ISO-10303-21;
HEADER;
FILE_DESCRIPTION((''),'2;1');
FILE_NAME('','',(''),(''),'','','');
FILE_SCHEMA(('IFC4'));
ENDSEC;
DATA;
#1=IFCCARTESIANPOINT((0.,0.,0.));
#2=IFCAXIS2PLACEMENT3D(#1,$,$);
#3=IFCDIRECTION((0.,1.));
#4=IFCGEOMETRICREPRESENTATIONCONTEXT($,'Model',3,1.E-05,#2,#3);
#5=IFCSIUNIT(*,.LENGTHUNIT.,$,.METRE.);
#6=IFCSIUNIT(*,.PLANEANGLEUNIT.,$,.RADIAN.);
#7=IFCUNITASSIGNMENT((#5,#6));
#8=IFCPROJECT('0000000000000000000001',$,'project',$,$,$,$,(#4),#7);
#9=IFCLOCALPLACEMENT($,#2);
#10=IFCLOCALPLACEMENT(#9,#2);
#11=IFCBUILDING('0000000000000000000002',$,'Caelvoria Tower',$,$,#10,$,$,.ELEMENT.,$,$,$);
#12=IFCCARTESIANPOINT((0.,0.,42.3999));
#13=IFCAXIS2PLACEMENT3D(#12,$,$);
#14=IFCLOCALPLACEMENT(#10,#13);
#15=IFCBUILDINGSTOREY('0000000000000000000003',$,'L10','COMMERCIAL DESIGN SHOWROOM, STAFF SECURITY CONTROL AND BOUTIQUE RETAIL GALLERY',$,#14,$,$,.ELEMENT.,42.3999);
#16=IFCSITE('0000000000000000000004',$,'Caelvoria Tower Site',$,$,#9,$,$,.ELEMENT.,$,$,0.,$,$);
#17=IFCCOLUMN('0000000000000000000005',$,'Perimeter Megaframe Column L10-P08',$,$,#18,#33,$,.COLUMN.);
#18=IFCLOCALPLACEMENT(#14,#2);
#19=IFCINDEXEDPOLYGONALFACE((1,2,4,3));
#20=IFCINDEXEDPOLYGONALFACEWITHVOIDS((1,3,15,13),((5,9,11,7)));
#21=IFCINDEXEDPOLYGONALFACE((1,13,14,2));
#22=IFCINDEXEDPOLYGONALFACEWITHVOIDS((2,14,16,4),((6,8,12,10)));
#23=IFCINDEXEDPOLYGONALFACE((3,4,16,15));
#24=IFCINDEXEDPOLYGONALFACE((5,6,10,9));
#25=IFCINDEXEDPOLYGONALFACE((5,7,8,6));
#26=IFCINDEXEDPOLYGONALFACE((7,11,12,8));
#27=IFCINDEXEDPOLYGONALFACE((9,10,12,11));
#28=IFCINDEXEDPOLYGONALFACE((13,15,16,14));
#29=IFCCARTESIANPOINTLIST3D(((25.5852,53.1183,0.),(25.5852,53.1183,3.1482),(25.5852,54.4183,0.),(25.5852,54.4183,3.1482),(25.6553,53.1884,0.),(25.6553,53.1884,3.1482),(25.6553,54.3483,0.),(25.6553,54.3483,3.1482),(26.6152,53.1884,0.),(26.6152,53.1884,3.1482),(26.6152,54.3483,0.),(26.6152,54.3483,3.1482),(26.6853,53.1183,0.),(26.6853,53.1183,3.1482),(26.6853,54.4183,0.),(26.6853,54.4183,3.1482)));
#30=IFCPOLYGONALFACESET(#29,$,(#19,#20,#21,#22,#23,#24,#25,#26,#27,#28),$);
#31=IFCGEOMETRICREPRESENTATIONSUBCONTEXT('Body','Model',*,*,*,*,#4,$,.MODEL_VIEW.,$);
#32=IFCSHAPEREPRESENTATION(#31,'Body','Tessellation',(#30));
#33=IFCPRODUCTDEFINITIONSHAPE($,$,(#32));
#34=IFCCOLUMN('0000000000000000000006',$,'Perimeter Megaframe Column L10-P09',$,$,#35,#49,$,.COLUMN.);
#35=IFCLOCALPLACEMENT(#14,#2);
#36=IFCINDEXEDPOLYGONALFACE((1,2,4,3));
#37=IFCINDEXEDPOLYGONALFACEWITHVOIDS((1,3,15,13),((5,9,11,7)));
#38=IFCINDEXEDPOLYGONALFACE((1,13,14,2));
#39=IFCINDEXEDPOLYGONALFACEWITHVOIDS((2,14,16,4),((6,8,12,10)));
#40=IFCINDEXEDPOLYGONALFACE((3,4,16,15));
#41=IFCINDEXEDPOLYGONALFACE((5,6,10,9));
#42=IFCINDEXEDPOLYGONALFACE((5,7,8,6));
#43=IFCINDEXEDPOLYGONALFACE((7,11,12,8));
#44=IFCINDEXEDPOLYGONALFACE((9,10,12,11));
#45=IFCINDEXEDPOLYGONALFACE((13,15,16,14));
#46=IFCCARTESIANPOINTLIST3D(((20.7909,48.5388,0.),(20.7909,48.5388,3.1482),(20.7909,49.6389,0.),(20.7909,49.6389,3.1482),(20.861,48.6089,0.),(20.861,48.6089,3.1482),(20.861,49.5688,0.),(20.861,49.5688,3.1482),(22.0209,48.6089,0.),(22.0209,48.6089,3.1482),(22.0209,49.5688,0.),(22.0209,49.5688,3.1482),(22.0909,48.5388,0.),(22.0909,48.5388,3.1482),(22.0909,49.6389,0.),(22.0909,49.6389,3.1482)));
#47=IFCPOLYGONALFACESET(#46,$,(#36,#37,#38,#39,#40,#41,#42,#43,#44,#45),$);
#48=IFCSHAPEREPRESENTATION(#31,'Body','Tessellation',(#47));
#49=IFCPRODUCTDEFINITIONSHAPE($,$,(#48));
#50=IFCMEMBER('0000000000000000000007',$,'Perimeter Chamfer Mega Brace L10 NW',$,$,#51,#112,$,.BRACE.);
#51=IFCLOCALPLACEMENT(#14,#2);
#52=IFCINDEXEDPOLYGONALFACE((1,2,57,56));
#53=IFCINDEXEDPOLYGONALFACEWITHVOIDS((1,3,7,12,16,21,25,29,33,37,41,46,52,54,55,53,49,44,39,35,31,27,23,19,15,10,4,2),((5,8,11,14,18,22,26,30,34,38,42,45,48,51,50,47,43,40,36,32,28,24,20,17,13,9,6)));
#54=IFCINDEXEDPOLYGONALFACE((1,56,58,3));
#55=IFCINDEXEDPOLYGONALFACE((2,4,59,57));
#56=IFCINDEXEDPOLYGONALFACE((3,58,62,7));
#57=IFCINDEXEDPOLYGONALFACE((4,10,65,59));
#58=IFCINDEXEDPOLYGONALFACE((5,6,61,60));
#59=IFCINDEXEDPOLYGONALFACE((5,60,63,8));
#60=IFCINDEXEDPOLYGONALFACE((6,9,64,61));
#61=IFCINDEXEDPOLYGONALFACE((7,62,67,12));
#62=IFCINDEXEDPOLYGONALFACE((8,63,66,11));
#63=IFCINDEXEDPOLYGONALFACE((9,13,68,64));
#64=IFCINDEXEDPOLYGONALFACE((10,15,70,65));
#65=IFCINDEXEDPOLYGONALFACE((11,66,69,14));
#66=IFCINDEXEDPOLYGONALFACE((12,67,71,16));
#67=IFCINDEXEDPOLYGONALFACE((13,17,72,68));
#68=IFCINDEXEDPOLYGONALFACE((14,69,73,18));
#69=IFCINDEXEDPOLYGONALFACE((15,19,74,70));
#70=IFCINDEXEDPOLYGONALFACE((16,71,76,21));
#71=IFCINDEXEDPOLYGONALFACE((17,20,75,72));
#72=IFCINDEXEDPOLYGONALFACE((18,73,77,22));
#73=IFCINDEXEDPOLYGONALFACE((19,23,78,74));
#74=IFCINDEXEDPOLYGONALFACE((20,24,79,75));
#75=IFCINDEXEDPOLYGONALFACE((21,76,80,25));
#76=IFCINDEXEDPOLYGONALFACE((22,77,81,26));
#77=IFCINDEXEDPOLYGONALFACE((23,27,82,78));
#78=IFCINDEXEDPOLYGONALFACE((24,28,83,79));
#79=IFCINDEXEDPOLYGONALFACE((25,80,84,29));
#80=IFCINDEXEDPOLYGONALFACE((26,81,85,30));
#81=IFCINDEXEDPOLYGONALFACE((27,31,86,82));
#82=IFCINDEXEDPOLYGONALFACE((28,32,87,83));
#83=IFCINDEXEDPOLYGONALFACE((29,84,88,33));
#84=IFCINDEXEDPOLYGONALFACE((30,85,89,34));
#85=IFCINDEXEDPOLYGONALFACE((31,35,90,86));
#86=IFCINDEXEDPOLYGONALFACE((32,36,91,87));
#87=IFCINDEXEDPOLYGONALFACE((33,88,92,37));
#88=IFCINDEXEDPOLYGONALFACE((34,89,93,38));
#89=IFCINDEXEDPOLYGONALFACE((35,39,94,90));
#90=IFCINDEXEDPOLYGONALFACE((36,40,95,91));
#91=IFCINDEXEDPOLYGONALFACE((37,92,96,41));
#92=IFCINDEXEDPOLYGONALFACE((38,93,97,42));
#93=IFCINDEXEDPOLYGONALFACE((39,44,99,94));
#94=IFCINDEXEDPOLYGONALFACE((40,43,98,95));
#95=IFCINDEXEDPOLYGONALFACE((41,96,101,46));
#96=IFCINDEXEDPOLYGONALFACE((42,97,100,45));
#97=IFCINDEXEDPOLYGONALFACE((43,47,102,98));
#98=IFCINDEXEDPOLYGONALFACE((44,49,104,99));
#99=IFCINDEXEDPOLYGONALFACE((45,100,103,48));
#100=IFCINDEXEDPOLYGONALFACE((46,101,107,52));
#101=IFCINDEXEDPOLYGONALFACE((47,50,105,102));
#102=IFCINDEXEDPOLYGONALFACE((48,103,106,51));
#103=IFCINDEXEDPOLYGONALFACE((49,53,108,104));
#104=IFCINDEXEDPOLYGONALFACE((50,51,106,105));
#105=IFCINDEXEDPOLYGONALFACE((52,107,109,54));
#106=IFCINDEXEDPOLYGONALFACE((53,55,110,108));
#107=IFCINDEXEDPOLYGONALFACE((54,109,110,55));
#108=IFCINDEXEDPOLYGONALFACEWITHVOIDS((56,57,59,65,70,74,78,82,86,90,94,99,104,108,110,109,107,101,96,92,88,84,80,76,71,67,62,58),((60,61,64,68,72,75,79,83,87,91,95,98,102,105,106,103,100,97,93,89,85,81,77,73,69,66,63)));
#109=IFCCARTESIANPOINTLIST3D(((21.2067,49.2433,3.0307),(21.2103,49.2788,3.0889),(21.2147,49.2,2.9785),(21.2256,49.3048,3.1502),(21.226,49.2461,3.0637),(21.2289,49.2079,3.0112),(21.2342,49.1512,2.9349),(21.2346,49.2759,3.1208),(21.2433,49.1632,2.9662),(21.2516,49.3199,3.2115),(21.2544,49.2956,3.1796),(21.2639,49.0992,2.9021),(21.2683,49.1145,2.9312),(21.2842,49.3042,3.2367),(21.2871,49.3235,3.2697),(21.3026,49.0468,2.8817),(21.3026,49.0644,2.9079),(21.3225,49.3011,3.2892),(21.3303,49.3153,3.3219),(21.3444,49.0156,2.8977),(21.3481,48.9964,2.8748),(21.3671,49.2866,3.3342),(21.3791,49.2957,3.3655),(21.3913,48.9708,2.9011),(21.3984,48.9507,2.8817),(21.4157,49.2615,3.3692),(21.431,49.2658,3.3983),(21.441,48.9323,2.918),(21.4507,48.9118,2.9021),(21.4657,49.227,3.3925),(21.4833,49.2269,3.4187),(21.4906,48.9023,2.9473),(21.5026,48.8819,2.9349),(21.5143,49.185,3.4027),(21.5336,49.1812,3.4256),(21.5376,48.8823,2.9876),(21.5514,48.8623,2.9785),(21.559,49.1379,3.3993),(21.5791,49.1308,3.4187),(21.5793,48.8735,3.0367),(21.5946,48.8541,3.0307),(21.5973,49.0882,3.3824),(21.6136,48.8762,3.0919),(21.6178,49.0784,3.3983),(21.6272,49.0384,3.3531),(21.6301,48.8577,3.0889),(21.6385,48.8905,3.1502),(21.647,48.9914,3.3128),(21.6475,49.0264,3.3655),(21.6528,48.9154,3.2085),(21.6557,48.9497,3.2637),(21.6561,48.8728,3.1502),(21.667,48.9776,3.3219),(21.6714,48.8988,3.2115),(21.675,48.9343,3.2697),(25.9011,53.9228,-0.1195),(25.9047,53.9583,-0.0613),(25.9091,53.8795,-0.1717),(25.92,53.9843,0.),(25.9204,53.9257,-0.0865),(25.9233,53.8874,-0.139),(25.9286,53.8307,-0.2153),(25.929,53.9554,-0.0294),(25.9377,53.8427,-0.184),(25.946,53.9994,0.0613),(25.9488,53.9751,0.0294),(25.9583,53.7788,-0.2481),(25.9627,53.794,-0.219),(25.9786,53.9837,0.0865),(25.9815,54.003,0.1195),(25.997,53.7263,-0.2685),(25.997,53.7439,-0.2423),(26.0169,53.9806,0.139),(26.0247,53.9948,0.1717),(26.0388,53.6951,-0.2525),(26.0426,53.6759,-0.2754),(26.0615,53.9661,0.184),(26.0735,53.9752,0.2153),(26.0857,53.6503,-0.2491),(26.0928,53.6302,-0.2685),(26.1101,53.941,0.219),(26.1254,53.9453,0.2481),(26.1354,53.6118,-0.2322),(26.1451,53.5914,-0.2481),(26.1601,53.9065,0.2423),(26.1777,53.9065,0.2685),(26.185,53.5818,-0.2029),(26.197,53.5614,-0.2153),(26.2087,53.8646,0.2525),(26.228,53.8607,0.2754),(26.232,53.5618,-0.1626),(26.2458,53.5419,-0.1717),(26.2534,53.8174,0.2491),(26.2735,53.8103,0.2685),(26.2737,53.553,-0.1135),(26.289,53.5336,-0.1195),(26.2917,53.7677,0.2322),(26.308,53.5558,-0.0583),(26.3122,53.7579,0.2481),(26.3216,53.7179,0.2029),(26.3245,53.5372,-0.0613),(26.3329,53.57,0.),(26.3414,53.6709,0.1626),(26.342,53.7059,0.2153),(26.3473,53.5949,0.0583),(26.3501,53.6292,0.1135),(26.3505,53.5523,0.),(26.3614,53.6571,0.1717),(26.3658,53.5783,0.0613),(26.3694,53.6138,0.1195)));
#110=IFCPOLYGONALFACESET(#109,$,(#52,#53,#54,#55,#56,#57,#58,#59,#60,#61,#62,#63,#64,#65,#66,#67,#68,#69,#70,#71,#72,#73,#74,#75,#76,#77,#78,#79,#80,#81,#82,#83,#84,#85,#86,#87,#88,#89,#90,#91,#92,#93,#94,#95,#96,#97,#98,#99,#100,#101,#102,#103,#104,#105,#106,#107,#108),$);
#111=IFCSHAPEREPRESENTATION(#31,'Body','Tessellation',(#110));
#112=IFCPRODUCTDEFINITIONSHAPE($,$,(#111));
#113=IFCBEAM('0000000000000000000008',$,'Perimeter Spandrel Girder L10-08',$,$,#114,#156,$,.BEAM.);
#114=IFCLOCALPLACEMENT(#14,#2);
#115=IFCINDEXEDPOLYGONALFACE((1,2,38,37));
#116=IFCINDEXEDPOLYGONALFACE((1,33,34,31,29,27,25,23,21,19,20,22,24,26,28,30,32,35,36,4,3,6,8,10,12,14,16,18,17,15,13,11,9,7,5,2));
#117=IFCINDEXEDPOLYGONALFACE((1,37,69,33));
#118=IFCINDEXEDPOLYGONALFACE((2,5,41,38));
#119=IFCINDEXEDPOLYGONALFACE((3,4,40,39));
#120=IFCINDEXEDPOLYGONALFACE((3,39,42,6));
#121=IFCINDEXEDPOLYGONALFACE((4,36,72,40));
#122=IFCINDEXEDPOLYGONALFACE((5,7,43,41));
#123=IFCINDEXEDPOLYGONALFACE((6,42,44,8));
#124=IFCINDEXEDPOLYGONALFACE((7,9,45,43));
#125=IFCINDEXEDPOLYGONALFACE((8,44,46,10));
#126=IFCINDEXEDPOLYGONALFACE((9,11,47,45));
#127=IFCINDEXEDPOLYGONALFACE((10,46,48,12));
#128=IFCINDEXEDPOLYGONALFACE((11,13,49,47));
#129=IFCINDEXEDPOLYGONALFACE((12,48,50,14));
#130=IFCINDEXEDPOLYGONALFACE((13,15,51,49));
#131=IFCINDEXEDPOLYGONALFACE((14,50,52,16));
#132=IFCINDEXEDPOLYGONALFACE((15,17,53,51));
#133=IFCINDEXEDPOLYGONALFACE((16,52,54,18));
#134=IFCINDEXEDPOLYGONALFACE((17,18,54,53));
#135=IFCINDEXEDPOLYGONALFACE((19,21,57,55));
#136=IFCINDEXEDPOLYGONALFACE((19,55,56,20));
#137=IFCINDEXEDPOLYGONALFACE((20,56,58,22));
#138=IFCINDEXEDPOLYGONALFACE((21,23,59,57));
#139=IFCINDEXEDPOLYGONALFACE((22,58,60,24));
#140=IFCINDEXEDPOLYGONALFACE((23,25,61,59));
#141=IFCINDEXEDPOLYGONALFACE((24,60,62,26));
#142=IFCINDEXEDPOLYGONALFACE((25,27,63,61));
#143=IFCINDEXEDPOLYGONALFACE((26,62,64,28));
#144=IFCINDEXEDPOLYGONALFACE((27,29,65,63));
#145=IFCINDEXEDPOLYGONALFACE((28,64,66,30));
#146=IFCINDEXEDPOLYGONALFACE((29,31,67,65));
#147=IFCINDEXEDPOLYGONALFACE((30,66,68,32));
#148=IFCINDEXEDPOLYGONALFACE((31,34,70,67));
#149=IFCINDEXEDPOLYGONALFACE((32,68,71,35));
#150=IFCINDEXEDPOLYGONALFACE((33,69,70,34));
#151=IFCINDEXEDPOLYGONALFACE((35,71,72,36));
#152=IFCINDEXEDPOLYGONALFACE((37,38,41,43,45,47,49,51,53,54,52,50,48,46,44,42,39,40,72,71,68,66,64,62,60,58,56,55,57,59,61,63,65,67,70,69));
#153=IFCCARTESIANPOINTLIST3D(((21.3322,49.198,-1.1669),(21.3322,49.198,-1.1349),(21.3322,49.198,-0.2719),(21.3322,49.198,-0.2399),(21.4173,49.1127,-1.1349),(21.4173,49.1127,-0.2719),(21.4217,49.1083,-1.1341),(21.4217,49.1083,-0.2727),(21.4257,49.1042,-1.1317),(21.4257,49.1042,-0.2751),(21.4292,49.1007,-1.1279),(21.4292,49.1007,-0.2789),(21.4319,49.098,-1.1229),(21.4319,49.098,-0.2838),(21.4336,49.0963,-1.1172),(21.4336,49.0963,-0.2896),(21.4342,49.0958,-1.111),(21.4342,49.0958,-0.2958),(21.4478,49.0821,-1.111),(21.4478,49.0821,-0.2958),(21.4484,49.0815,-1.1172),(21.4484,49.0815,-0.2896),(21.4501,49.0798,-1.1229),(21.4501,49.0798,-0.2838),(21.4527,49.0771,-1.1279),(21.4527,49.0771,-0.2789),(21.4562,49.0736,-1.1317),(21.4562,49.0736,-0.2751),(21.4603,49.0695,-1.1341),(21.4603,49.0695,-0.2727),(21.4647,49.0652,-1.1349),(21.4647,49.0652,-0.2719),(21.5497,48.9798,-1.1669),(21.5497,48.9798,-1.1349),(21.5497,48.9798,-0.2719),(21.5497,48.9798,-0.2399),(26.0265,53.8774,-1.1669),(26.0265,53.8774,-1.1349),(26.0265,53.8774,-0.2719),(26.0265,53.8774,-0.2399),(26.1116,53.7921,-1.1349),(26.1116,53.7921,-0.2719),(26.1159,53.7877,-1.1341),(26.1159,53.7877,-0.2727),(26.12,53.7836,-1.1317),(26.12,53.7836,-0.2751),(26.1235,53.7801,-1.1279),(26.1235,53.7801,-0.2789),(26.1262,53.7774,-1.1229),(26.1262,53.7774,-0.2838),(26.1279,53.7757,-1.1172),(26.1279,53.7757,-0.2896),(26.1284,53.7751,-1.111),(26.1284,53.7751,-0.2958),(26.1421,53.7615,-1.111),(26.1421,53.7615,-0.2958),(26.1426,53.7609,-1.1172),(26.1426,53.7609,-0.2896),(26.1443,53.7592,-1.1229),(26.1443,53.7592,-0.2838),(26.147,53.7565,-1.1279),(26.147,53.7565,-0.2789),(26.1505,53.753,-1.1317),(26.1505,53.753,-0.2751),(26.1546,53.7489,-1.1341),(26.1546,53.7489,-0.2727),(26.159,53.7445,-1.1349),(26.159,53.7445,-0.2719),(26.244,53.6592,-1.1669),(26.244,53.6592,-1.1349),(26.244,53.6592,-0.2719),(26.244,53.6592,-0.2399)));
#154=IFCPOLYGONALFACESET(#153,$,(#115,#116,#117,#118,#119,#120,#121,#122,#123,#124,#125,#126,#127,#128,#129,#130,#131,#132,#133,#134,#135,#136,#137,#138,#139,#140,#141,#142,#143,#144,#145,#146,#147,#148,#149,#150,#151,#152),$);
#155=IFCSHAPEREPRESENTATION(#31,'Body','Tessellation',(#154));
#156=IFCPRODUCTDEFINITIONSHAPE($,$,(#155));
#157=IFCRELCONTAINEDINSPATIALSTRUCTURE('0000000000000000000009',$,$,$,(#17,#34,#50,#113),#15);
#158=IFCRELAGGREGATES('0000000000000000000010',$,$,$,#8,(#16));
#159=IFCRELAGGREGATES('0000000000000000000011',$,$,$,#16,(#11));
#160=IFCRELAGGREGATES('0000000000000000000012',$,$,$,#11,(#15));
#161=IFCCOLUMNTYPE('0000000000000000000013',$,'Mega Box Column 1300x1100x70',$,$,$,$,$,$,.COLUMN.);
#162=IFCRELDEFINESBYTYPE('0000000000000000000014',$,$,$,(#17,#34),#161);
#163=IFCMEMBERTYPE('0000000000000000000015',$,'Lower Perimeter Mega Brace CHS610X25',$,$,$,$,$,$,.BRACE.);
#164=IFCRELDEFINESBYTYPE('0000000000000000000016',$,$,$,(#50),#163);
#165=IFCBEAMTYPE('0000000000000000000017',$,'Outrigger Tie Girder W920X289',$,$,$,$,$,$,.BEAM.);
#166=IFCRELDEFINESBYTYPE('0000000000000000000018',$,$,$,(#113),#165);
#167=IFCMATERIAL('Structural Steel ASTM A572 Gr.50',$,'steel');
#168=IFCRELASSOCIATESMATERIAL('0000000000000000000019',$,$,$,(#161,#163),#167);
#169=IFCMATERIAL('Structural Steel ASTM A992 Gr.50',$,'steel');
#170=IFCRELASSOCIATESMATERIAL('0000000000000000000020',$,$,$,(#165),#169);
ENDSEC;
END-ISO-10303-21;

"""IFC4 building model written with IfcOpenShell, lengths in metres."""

from ifc_helpers import new_model, si_unit, direction, frame, origin, origin_2d, place, context, subcontext, project, spatial, hollow_rectangle, hollow_circle, i_section, extrude, material, material_profile, profile_set, type_object, element, save


model = new_model("IFC4")

# Units and contexts
model_context = context("Model", 3, precision=1e-05, world=origin(), true_north=direction((0.0, 1.0)))
body_context = subcontext(model_context, "Body", "Model", "MODEL_VIEW")
ifc_project = project(units=[si_unit("LENGTHUNIT", "METRE"), si_unit("PLANEANGLEUNIT", "RADIAN")], contexts=[model_context])

# Site, building, storey
site_placement = place(None, origin())
site = spatial("IfcSite", under=ifc_project, at=site_placement, Name="Caelvoria Tower Site", CompositionType="ELEMENT", RefElevation=0.0)
building_placement = place(site_placement, origin())
building = spatial("IfcBuilding", under=site, at=building_placement, Name="Caelvoria Tower", CompositionType="ELEMENT")
storey_placement = place(building_placement, frame((0.0, 0.0, 42.3999)))
storey = spatial("IfcBuildingStorey", under=building, at=storey_placement, Name="L10", Description="COMMERCIAL DESIGN SHOWROOM, STAFF SECURITY CONTROL AND BOUTIQUE RETAIL GALLERY", CompositionType="ELEMENT", Elevation=42.3999)

# Columns
ifc_material_1 = material(Name="Structural Steel ASTM A572 Gr.50", Category="steel")
ifc_material_profile_1 = material_profile(ifc_material_1, hollow_rectangle(XDim=1.1001, YDim=1.3, WallThickness=0.0701, at=origin_2d()), Name="Structural Steel ASTM A572 Gr.50")
ifc_profile_set_1 = profile_set([ifc_material_profile_1], Name="BOX1300X1100X70 - Structural Steel ASTM A572 Gr.50")
column_type = type_object("IfcColumnType", Name="Mega Box Column 1300x1100x70", PredefinedType="COLUMN", material=ifc_profile_set_1)
for number, where, z_axis, x_axis, name in (
    (1, (26.1353, 53.7683, 0.0), (0.0, 0.0, 1.0), (1.0, 0.0, 0.0), "Perimeter Megaframe Column L10-P08"),
    (2, (21.4409, 49.0889, 0.0), (0.0, 0.0, 1.0), (0.0, 1.0, 0.0), "Perimeter Megaframe Column L10-P09"),
):
    element("IfcColumn", number, at=place(storey_placement, frame(where, z_axis=z_axis, x_axis=x_axis)), inside=storey, type_object=column_type, Name=name, PredefinedType="COLUMN", context=body_context, shape_type="SweptSolid", body=[
        extrude(hollow_rectangle(XDim=1.1001, YDim=1.3, WallThickness=0.0701, at=origin_2d()), origin(), (0.0, 0.0, 1.0), 3.1482),
    ])

# Member
ifc_material_profile_2 = material_profile(ifc_material_1, hollow_circle(Radius=0.3049, WallThickness=0.0249, at=origin_2d()), Name="Structural Steel ASTM A572 Gr.50")
ifc_profile_set_2 = profile_set([ifc_material_profile_2], Name="CHS610X25 - Structural Steel ASTM A572 Gr.50")
member_type = type_object("IfcMemberType", Name="Lower Perimeter Mega Brace CHS610X25", PredefinedType="BRACE", material=ifc_profile_set_2)
member_placement = place(storey_placement, frame((26.1353, 53.7683, 0.0), z_axis=(-0.639663, -0.637634, 0.429248), x_axis=(0.705982, -0.708229, 0.0)))
element("IfcMember", 3, at=member_placement, inside=storey, type_object=member_type, Name="Perimeter Chamfer Mega Brace L10 NW", PredefinedType="BRACE", context=body_context, shape_type="SweptSolid", body=[
    extrude(hollow_circle(Radius=0.3049, WallThickness=0.0249, at=origin_2d()), origin(), (0.0, 0.0, 1.0), 7.3389),
])

# Beam
ifc_material_2 = material(Name="Structural Steel ASTM A992 Gr.50", Category="steel")
ifc_material_profile_3 = material_profile(ifc_material_2, i_section(OverallWidth=0.3081, OverallDepth=0.927, WebThickness=0.0193, FlangeThickness=0.032, FilletRadius=0.0239, at=origin_2d()), Name="Structural Steel ASTM A992 Gr.50")
ifc_profile_set_3 = profile_set([ifc_material_profile_3], Name="W920X289 - Structural Steel ASTM A992 Gr.50")
beam_type_1 = type_object("IfcBeamType", Name="Outrigger Tie Girder W920X289", PredefinedType="BEAM", material=ifc_profile_set_3)
beam_1_placement = place(storey_placement, frame((26.1353, 53.7683, -0.7034), z_axis=(-0.708229, -0.705982, 0.0), x_axis=(0.705982, -0.708229, 0.0)))
element("IfcBeam", 4, at=beam_1_placement, inside=storey, type_object=beam_type_1, Name="Perimeter Spandrel Girder L10-08", PredefinedType="BEAM", context=body_context, shape_type="SweptSolid", body=[
    extrude(i_section(OverallWidth=0.3081, OverallDepth=0.927, WebThickness=0.0193, FlangeThickness=0.032, FilletRadius=0.0239, at=origin_2d()), origin(), (0.0, 0.0, 1.0), 6.6282),
])

save(model, "model.ifc")
